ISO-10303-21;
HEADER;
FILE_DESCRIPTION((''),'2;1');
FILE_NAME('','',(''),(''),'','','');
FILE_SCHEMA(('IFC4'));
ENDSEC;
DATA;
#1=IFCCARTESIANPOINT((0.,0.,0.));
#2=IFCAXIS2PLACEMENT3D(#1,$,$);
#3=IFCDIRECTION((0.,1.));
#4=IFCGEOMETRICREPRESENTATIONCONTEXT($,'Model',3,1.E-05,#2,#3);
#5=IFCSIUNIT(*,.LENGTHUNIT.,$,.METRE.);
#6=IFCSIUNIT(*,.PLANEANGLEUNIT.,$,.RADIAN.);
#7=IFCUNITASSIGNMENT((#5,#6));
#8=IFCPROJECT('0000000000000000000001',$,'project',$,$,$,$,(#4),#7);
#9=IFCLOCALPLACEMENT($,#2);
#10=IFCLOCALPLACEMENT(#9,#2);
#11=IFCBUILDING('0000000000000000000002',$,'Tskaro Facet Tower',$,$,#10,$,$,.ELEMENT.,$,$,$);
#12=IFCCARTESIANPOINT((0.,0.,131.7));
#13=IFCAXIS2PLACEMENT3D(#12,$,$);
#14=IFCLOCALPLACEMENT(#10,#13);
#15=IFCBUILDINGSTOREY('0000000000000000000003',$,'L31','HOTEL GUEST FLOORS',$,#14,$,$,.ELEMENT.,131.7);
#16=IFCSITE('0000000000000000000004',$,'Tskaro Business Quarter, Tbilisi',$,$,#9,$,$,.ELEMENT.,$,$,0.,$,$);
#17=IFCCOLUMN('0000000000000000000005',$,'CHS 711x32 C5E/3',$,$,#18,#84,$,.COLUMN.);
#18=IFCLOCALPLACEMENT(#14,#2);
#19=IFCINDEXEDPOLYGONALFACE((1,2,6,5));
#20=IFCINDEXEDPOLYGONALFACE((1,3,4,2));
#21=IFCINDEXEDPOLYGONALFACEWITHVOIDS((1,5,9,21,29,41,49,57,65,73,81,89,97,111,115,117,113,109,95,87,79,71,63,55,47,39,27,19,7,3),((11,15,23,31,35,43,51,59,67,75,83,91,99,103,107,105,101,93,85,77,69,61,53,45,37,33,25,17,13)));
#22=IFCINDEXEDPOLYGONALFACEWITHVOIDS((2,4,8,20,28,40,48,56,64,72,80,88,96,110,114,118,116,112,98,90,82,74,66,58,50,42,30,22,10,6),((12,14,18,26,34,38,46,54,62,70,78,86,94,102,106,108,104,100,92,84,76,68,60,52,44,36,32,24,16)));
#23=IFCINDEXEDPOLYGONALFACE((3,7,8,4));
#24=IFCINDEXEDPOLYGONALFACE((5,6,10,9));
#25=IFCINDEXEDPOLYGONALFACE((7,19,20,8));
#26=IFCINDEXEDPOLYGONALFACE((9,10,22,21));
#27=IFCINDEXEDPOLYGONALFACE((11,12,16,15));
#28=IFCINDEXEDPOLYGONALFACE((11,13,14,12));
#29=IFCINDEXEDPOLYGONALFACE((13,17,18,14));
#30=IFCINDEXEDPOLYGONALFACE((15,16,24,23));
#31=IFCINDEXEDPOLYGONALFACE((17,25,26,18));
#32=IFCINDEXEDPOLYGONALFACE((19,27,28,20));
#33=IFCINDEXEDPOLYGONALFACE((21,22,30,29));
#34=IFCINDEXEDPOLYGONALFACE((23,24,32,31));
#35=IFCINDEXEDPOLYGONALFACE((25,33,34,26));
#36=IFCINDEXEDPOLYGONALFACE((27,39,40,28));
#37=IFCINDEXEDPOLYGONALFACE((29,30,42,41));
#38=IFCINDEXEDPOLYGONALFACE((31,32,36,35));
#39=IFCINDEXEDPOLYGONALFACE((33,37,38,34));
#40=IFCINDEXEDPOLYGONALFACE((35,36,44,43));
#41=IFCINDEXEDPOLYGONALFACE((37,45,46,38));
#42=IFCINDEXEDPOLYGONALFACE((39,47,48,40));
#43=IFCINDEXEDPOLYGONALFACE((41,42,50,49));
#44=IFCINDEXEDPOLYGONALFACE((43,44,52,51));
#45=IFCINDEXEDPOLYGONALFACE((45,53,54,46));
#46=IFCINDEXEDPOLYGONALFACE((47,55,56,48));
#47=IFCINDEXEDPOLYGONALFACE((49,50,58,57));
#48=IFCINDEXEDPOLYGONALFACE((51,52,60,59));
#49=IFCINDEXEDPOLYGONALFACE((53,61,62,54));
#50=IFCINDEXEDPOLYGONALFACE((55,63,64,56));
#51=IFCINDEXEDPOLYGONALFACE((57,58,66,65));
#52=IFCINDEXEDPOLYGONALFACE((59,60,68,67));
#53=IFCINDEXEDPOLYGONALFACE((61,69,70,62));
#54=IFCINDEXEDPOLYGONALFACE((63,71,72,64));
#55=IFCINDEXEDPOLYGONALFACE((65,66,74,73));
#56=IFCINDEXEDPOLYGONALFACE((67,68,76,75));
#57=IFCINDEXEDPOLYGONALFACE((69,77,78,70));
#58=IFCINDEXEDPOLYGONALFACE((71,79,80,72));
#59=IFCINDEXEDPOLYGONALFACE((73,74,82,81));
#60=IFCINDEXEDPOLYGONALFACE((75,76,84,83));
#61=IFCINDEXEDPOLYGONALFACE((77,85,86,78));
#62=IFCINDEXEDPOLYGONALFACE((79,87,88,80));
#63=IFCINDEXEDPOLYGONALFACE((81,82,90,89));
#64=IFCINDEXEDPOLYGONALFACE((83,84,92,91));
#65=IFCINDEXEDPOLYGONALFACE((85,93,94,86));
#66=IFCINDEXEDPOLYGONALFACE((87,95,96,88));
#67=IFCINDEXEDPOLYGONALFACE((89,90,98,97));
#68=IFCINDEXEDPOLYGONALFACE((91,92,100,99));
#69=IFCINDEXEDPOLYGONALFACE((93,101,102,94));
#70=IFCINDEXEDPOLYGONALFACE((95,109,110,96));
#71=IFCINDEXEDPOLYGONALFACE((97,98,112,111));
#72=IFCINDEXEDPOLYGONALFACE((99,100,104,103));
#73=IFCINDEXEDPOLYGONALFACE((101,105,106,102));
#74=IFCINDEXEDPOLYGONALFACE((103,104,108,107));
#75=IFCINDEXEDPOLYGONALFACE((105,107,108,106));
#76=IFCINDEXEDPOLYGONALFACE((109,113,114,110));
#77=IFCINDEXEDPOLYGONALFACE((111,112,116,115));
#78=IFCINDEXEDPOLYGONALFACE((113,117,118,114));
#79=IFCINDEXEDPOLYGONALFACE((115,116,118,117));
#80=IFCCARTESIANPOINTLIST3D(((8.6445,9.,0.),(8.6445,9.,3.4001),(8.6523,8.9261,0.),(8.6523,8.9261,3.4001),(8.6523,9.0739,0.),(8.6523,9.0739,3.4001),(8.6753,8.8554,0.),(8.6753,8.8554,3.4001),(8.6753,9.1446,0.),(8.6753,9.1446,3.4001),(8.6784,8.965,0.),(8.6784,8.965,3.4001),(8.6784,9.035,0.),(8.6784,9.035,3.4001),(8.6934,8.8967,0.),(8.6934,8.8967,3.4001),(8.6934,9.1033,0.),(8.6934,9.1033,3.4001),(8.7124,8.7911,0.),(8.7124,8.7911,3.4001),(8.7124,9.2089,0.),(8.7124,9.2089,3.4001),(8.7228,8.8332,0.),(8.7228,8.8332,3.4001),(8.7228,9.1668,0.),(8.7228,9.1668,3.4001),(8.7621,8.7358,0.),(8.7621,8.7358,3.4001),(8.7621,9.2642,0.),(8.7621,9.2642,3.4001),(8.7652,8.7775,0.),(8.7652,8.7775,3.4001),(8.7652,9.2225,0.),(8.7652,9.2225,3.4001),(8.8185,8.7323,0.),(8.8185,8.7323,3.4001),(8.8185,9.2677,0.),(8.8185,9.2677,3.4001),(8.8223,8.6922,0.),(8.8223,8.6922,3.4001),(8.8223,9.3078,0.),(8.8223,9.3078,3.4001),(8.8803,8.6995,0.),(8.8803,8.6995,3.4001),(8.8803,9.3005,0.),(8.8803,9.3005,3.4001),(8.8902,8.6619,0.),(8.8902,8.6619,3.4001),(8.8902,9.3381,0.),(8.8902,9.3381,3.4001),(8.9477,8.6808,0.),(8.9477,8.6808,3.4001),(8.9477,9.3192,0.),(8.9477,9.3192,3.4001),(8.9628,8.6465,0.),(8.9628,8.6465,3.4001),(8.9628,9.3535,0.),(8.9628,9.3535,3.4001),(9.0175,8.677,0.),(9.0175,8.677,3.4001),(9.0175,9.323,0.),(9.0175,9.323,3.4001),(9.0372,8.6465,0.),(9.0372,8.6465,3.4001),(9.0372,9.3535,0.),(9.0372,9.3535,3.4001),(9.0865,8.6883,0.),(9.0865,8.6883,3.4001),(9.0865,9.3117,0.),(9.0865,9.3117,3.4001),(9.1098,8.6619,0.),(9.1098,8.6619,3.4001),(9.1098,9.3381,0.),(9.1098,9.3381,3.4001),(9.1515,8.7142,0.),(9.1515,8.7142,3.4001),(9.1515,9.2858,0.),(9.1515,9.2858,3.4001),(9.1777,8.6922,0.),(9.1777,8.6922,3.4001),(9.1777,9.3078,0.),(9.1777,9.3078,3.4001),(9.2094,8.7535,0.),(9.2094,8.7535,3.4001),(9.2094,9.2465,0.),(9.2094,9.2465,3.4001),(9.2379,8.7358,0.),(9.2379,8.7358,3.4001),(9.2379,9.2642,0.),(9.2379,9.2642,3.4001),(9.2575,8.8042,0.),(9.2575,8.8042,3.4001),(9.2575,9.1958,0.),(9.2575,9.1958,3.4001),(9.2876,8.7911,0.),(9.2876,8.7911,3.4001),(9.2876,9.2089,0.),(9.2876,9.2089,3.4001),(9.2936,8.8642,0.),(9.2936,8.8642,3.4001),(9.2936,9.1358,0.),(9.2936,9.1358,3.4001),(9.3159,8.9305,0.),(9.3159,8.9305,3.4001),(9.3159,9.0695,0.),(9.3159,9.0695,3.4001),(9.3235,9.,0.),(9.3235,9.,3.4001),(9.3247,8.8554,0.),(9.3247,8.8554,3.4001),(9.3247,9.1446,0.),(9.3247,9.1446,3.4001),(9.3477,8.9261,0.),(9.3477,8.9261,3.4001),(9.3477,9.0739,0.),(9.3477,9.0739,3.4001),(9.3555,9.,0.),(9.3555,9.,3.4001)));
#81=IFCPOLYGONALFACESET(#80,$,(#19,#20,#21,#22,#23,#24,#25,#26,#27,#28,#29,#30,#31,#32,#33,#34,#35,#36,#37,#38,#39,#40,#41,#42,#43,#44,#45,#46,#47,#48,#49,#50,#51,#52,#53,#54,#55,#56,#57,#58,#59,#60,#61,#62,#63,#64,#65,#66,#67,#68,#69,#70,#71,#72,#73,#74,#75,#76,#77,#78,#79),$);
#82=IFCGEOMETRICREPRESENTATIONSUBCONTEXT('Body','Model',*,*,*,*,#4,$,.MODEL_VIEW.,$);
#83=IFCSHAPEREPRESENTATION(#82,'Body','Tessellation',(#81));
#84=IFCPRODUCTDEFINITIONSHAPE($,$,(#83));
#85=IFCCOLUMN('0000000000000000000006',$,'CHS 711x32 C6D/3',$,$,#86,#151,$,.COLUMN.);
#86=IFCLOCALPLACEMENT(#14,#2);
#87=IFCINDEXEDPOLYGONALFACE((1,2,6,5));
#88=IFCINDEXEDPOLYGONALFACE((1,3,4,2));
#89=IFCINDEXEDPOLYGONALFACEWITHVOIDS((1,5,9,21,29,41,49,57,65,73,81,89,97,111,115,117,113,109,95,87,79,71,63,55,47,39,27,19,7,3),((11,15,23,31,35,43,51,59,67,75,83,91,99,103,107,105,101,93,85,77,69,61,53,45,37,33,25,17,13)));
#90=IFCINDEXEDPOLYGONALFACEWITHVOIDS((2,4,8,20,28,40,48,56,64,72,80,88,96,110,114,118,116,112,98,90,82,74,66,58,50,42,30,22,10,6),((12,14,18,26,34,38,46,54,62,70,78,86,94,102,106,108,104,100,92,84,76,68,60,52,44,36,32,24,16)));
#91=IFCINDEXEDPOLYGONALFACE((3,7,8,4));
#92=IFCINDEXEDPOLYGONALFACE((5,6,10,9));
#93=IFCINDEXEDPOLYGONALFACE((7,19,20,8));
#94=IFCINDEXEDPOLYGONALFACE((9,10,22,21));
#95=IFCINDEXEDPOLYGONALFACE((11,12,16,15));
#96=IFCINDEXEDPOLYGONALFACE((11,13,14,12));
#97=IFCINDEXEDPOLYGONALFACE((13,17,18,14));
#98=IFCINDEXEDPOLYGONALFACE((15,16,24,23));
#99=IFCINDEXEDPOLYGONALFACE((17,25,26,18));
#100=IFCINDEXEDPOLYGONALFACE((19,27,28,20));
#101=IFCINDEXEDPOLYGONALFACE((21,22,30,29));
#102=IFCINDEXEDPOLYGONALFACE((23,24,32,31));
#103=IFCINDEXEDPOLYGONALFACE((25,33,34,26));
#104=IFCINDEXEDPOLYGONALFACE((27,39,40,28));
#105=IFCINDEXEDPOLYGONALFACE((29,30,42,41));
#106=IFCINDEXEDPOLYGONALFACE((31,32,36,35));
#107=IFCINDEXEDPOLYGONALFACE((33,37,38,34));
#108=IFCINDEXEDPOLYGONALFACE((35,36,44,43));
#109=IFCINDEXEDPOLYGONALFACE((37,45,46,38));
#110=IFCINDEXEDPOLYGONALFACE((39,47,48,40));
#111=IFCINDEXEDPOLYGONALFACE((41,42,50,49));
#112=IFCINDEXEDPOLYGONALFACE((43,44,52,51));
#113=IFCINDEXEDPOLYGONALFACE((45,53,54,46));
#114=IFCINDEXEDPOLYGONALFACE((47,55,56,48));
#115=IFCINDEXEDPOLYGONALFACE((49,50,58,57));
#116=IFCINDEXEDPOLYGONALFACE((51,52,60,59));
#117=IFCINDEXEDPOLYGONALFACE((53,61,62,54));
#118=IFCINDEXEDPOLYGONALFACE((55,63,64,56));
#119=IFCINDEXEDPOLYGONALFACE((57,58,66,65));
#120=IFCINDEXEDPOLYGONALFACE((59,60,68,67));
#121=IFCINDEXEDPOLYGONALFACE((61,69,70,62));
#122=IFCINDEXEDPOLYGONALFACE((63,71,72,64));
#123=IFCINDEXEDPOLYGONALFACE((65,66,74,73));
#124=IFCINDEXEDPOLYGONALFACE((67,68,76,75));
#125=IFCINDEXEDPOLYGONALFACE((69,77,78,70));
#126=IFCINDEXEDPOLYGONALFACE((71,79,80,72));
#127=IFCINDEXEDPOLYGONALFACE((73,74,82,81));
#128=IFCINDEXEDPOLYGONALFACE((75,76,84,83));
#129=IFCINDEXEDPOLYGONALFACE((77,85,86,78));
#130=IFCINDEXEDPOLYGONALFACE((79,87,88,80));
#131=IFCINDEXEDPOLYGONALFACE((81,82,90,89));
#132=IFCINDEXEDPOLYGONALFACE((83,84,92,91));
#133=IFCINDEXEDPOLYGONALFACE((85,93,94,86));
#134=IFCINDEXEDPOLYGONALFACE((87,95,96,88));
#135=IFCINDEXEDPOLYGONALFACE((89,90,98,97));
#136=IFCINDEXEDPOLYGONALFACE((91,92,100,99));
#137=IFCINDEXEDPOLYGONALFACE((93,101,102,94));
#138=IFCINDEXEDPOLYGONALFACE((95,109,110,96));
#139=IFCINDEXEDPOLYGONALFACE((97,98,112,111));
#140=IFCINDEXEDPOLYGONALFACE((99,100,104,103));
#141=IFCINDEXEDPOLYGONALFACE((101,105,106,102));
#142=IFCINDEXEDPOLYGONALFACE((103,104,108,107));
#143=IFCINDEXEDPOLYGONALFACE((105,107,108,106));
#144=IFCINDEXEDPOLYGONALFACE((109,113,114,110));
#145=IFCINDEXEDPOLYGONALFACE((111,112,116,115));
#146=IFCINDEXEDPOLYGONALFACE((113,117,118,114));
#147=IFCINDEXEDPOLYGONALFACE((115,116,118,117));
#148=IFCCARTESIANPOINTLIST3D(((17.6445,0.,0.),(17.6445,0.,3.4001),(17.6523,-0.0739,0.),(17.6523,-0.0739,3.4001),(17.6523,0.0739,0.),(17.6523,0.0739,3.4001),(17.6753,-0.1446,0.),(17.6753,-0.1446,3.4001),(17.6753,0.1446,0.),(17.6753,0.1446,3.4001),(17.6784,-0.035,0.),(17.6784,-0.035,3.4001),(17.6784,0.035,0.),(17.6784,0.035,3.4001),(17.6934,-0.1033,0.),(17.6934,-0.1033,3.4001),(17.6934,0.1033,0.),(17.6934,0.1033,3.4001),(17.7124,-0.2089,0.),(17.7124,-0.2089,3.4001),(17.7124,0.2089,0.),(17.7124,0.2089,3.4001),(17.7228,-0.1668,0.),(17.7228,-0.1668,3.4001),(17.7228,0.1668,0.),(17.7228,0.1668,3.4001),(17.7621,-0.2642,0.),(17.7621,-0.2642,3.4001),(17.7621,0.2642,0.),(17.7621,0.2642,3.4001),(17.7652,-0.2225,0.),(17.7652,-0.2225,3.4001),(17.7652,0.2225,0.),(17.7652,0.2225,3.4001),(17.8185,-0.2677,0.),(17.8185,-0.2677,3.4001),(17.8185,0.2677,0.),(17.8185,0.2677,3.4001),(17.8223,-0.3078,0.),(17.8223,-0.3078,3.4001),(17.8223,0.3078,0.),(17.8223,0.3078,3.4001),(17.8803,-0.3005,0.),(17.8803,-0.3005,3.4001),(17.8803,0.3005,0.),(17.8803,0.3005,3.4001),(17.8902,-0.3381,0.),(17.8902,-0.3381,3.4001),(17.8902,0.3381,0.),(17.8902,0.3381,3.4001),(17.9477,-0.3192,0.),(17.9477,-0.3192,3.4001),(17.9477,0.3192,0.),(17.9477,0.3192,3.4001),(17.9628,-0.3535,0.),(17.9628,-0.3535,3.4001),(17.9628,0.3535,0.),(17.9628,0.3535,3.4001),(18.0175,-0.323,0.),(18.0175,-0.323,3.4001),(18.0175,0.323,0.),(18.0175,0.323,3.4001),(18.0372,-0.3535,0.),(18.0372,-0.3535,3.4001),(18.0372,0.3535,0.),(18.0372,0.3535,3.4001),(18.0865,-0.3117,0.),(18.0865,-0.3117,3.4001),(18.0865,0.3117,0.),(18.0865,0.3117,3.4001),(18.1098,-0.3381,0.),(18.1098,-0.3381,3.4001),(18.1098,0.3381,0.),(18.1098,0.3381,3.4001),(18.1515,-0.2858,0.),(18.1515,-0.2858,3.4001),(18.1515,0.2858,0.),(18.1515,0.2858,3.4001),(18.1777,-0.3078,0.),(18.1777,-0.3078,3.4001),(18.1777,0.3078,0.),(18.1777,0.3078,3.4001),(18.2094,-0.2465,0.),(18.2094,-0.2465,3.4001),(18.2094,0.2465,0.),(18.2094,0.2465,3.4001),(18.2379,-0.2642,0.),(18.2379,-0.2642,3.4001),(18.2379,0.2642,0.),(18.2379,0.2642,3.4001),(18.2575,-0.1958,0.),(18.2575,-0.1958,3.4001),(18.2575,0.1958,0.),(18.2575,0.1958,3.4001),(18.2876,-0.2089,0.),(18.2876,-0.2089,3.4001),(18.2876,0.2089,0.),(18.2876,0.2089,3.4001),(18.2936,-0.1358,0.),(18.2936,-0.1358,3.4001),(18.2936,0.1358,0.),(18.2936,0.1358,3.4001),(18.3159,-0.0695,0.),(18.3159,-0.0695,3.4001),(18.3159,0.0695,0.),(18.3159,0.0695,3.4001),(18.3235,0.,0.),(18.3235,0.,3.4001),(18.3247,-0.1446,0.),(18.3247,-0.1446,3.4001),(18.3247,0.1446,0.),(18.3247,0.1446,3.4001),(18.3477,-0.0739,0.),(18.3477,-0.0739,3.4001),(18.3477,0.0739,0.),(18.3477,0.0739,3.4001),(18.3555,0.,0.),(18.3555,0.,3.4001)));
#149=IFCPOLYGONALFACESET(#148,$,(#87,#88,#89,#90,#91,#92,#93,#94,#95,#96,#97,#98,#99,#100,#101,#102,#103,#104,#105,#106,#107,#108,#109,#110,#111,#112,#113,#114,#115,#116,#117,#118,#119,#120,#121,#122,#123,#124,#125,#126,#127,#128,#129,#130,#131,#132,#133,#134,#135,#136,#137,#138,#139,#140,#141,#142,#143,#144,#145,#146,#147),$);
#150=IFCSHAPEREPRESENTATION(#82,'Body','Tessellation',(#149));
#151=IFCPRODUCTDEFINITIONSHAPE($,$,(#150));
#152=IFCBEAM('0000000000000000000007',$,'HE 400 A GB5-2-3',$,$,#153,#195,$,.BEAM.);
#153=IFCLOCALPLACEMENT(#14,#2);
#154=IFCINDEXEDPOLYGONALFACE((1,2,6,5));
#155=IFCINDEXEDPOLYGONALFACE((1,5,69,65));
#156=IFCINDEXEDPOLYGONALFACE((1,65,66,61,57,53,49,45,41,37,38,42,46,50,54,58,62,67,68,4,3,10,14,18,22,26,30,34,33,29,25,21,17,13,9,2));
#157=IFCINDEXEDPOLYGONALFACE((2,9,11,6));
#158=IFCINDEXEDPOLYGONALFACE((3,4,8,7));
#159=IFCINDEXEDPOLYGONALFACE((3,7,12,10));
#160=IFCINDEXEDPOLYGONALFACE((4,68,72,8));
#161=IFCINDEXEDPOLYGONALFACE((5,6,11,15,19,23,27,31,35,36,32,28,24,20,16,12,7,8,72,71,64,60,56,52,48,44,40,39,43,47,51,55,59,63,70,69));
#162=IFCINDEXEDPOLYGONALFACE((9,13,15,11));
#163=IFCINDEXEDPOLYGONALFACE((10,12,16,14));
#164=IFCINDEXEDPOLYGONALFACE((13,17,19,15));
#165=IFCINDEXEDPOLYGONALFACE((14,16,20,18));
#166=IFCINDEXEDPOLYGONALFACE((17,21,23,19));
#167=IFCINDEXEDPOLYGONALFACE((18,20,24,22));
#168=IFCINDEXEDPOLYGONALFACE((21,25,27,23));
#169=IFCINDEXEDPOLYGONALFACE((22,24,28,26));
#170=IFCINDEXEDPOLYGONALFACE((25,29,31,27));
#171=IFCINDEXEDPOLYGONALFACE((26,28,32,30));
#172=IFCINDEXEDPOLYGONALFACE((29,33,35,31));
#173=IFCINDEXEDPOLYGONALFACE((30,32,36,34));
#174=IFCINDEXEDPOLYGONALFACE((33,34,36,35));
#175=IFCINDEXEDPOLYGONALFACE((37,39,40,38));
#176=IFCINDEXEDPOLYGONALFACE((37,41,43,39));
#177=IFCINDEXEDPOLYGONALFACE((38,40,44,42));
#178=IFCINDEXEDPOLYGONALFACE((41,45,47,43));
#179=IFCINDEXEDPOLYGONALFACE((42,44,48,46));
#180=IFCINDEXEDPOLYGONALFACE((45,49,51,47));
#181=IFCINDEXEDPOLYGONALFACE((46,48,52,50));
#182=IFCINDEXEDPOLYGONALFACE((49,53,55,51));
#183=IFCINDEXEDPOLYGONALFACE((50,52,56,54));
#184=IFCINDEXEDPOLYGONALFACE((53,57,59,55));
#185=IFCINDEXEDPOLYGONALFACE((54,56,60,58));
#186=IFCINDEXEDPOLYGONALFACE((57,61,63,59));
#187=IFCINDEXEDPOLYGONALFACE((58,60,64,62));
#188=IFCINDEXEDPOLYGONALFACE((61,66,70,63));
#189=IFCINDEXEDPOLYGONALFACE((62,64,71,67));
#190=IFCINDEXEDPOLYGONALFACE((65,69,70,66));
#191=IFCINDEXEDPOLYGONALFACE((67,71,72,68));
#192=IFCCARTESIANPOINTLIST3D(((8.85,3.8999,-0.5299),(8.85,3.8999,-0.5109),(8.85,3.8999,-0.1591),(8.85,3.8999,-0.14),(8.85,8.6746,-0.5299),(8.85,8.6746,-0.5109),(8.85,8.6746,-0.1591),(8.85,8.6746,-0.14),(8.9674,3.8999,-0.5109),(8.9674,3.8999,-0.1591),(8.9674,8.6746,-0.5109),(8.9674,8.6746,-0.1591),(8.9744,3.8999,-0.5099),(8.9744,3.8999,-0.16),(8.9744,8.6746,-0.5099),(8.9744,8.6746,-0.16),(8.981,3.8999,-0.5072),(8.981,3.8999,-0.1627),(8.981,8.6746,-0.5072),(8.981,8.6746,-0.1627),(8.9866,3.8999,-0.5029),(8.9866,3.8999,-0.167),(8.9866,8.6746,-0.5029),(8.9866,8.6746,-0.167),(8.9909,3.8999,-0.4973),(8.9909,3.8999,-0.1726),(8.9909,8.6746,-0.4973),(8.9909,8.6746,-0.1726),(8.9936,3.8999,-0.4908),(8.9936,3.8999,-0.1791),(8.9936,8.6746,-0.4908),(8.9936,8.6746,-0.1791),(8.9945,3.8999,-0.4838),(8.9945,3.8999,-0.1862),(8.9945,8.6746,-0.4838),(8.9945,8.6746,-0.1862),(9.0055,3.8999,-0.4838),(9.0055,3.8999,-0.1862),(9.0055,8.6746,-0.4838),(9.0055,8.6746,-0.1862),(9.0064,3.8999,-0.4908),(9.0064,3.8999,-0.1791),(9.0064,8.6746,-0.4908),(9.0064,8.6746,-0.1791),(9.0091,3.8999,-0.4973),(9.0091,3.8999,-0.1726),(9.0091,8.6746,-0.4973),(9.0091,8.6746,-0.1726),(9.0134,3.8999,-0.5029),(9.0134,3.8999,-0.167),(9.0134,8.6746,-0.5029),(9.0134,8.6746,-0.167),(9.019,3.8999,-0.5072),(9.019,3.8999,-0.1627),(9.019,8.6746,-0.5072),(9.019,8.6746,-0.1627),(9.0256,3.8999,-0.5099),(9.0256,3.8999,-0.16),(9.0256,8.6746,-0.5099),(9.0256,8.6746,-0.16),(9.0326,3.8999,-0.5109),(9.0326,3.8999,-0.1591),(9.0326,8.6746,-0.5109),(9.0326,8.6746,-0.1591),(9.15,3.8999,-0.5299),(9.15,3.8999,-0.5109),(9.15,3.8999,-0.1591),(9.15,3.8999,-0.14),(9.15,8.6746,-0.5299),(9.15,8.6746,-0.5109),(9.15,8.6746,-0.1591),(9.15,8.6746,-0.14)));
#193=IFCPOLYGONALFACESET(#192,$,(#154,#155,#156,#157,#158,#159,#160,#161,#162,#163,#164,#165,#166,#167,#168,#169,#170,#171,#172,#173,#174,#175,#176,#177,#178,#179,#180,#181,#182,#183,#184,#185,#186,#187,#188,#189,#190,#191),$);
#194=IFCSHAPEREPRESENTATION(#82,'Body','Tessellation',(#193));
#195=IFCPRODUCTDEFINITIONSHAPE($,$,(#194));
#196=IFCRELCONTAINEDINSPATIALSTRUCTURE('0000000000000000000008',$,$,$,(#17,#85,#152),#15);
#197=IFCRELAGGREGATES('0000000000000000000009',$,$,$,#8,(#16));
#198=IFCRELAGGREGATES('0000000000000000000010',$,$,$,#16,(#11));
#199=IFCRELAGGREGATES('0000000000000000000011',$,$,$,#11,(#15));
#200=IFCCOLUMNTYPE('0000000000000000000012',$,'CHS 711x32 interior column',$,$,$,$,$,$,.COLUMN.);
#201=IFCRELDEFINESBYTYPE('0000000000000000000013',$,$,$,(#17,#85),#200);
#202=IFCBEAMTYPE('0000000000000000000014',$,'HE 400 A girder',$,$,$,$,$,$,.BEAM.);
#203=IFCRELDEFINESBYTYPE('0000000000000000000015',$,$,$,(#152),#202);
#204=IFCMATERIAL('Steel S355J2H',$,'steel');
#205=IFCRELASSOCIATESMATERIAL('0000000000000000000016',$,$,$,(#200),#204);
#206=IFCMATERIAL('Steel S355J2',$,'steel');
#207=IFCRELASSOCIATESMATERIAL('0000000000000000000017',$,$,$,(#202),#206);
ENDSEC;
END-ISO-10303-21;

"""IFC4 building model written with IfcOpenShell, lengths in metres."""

from ifc_helpers import new_model, si_unit, direction, frame, origin, origin_2d, place, context, subcontext, project, spatial, hollow_circle, i_section, extrude, material, material_profile, profile_set, type_object, element, save


model = new_model("IFC4")

# Units and contexts
model_context = context("Model", 3, precision=1e-05, world=origin(), true_north=direction((0.0, 1.0)))
body_context = subcontext(model_context, "Body", "Model", "MODEL_VIEW")
ifc_project = project(units=[si_unit("LENGTHUNIT", "METRE"), si_unit("PLANEANGLEUNIT", "RADIAN")], contexts=[model_context])

# Site, building, storey
site_placement = place(None, origin())
site = spatial("IfcSite", under=ifc_project, at=site_placement, Name="Tskaro Business Quarter, Tbilisi", CompositionType="ELEMENT", RefElevation=0.0)
building_placement = place(site_placement, origin())
building = spatial("IfcBuilding", under=site, at=building_placement, Name="Tskaro Facet Tower", CompositionType="ELEMENT")
storey_placement = place(building_placement, frame((0.0, 0.0, 131.7)))
storey = spatial("IfcBuildingStorey", under=building, at=storey_placement, Name="L31", Description="HOTEL GUEST FLOORS", CompositionType="ELEMENT", Elevation=131.7)

# Columns
ifc_material_1 = material(Name="Steel S355J2H", Category="steel")
ifc_material_profile_1 = material_profile(ifc_material_1, hollow_circle(Radius=0.3555, WallThickness=0.032, at=origin_2d()), Name="CHS 711x32")
ifc_profile_set_1 = profile_set([ifc_material_profile_1], Name="Steel S355J2H")
column_type = type_object("IfcColumnType", Name="CHS 711x32 interior column", PredefinedType="COLUMN", material=ifc_profile_set_1)
for number, where, z_axis, x_axis, name in (
    (1, (9.0, 9.0, 0.0), (0.0, 0.0, 1.0), (1.0, 0.0, 0.0), "CHS 711x32 C5E/3"),
    (2, (18.0, 0.0, 0.0), (0.0, 0.0, 1.0), (1.0, 0.0, 0.0), "CHS 711x32 C6D/3"),
):
    element("IfcColumn", number, at=place(storey_placement, frame(where, z_axis=z_axis, x_axis=x_axis)), inside=storey, type_object=column_type, Name=name, PredefinedType="COLUMN", context=body_context, shape_type="SweptSolid", body=[
        extrude(hollow_circle(Radius=0.3555, WallThickness=0.032, at=origin_2d()), origin(), (0.0, 0.0, 1.0), 3.4001),
    ])

# Beam
ifc_material_2 = material(Name="Steel S355J2", Category="steel")
ifc_material_profile_2 = material_profile(ifc_material_2, i_section(OverallWidth=0.3, OverallDepth=0.3899, WebThickness=0.011, FlangeThickness=0.019, FilletRadius=0.0271, at=origin_2d()), Name="HE 400 A")
ifc_profile_set_2 = profile_set([ifc_material_profile_2], Name="Steel S355J2")
beam_type_1 = type_object("IfcBeamType", Name="HE 400 A girder", PredefinedType="BEAM", material=ifc_profile_set_2)
beam_1_placement = place(storey_placement, frame((9.0, 3.8999, -0.335), z_axis=(0.0, 1.0, 0.0), x_axis=(-1.0, 0.0, 0.0)))
element("IfcBeam", 3, at=beam_1_placement, inside=storey, type_object=beam_type_1, Name="HE 400 A GB5-2-3", PredefinedType="BEAM", context=body_context, shape_type="SweptSolid", body=[
    extrude(i_section(OverallWidth=0.3, OverallDepth=0.3899, WebThickness=0.011, FlangeThickness=0.019, FilletRadius=0.0271, at=origin_2d()), origin(), (0.0, 0.0, 1.0), 4.7747),
])

save(model, "model.ifc")
